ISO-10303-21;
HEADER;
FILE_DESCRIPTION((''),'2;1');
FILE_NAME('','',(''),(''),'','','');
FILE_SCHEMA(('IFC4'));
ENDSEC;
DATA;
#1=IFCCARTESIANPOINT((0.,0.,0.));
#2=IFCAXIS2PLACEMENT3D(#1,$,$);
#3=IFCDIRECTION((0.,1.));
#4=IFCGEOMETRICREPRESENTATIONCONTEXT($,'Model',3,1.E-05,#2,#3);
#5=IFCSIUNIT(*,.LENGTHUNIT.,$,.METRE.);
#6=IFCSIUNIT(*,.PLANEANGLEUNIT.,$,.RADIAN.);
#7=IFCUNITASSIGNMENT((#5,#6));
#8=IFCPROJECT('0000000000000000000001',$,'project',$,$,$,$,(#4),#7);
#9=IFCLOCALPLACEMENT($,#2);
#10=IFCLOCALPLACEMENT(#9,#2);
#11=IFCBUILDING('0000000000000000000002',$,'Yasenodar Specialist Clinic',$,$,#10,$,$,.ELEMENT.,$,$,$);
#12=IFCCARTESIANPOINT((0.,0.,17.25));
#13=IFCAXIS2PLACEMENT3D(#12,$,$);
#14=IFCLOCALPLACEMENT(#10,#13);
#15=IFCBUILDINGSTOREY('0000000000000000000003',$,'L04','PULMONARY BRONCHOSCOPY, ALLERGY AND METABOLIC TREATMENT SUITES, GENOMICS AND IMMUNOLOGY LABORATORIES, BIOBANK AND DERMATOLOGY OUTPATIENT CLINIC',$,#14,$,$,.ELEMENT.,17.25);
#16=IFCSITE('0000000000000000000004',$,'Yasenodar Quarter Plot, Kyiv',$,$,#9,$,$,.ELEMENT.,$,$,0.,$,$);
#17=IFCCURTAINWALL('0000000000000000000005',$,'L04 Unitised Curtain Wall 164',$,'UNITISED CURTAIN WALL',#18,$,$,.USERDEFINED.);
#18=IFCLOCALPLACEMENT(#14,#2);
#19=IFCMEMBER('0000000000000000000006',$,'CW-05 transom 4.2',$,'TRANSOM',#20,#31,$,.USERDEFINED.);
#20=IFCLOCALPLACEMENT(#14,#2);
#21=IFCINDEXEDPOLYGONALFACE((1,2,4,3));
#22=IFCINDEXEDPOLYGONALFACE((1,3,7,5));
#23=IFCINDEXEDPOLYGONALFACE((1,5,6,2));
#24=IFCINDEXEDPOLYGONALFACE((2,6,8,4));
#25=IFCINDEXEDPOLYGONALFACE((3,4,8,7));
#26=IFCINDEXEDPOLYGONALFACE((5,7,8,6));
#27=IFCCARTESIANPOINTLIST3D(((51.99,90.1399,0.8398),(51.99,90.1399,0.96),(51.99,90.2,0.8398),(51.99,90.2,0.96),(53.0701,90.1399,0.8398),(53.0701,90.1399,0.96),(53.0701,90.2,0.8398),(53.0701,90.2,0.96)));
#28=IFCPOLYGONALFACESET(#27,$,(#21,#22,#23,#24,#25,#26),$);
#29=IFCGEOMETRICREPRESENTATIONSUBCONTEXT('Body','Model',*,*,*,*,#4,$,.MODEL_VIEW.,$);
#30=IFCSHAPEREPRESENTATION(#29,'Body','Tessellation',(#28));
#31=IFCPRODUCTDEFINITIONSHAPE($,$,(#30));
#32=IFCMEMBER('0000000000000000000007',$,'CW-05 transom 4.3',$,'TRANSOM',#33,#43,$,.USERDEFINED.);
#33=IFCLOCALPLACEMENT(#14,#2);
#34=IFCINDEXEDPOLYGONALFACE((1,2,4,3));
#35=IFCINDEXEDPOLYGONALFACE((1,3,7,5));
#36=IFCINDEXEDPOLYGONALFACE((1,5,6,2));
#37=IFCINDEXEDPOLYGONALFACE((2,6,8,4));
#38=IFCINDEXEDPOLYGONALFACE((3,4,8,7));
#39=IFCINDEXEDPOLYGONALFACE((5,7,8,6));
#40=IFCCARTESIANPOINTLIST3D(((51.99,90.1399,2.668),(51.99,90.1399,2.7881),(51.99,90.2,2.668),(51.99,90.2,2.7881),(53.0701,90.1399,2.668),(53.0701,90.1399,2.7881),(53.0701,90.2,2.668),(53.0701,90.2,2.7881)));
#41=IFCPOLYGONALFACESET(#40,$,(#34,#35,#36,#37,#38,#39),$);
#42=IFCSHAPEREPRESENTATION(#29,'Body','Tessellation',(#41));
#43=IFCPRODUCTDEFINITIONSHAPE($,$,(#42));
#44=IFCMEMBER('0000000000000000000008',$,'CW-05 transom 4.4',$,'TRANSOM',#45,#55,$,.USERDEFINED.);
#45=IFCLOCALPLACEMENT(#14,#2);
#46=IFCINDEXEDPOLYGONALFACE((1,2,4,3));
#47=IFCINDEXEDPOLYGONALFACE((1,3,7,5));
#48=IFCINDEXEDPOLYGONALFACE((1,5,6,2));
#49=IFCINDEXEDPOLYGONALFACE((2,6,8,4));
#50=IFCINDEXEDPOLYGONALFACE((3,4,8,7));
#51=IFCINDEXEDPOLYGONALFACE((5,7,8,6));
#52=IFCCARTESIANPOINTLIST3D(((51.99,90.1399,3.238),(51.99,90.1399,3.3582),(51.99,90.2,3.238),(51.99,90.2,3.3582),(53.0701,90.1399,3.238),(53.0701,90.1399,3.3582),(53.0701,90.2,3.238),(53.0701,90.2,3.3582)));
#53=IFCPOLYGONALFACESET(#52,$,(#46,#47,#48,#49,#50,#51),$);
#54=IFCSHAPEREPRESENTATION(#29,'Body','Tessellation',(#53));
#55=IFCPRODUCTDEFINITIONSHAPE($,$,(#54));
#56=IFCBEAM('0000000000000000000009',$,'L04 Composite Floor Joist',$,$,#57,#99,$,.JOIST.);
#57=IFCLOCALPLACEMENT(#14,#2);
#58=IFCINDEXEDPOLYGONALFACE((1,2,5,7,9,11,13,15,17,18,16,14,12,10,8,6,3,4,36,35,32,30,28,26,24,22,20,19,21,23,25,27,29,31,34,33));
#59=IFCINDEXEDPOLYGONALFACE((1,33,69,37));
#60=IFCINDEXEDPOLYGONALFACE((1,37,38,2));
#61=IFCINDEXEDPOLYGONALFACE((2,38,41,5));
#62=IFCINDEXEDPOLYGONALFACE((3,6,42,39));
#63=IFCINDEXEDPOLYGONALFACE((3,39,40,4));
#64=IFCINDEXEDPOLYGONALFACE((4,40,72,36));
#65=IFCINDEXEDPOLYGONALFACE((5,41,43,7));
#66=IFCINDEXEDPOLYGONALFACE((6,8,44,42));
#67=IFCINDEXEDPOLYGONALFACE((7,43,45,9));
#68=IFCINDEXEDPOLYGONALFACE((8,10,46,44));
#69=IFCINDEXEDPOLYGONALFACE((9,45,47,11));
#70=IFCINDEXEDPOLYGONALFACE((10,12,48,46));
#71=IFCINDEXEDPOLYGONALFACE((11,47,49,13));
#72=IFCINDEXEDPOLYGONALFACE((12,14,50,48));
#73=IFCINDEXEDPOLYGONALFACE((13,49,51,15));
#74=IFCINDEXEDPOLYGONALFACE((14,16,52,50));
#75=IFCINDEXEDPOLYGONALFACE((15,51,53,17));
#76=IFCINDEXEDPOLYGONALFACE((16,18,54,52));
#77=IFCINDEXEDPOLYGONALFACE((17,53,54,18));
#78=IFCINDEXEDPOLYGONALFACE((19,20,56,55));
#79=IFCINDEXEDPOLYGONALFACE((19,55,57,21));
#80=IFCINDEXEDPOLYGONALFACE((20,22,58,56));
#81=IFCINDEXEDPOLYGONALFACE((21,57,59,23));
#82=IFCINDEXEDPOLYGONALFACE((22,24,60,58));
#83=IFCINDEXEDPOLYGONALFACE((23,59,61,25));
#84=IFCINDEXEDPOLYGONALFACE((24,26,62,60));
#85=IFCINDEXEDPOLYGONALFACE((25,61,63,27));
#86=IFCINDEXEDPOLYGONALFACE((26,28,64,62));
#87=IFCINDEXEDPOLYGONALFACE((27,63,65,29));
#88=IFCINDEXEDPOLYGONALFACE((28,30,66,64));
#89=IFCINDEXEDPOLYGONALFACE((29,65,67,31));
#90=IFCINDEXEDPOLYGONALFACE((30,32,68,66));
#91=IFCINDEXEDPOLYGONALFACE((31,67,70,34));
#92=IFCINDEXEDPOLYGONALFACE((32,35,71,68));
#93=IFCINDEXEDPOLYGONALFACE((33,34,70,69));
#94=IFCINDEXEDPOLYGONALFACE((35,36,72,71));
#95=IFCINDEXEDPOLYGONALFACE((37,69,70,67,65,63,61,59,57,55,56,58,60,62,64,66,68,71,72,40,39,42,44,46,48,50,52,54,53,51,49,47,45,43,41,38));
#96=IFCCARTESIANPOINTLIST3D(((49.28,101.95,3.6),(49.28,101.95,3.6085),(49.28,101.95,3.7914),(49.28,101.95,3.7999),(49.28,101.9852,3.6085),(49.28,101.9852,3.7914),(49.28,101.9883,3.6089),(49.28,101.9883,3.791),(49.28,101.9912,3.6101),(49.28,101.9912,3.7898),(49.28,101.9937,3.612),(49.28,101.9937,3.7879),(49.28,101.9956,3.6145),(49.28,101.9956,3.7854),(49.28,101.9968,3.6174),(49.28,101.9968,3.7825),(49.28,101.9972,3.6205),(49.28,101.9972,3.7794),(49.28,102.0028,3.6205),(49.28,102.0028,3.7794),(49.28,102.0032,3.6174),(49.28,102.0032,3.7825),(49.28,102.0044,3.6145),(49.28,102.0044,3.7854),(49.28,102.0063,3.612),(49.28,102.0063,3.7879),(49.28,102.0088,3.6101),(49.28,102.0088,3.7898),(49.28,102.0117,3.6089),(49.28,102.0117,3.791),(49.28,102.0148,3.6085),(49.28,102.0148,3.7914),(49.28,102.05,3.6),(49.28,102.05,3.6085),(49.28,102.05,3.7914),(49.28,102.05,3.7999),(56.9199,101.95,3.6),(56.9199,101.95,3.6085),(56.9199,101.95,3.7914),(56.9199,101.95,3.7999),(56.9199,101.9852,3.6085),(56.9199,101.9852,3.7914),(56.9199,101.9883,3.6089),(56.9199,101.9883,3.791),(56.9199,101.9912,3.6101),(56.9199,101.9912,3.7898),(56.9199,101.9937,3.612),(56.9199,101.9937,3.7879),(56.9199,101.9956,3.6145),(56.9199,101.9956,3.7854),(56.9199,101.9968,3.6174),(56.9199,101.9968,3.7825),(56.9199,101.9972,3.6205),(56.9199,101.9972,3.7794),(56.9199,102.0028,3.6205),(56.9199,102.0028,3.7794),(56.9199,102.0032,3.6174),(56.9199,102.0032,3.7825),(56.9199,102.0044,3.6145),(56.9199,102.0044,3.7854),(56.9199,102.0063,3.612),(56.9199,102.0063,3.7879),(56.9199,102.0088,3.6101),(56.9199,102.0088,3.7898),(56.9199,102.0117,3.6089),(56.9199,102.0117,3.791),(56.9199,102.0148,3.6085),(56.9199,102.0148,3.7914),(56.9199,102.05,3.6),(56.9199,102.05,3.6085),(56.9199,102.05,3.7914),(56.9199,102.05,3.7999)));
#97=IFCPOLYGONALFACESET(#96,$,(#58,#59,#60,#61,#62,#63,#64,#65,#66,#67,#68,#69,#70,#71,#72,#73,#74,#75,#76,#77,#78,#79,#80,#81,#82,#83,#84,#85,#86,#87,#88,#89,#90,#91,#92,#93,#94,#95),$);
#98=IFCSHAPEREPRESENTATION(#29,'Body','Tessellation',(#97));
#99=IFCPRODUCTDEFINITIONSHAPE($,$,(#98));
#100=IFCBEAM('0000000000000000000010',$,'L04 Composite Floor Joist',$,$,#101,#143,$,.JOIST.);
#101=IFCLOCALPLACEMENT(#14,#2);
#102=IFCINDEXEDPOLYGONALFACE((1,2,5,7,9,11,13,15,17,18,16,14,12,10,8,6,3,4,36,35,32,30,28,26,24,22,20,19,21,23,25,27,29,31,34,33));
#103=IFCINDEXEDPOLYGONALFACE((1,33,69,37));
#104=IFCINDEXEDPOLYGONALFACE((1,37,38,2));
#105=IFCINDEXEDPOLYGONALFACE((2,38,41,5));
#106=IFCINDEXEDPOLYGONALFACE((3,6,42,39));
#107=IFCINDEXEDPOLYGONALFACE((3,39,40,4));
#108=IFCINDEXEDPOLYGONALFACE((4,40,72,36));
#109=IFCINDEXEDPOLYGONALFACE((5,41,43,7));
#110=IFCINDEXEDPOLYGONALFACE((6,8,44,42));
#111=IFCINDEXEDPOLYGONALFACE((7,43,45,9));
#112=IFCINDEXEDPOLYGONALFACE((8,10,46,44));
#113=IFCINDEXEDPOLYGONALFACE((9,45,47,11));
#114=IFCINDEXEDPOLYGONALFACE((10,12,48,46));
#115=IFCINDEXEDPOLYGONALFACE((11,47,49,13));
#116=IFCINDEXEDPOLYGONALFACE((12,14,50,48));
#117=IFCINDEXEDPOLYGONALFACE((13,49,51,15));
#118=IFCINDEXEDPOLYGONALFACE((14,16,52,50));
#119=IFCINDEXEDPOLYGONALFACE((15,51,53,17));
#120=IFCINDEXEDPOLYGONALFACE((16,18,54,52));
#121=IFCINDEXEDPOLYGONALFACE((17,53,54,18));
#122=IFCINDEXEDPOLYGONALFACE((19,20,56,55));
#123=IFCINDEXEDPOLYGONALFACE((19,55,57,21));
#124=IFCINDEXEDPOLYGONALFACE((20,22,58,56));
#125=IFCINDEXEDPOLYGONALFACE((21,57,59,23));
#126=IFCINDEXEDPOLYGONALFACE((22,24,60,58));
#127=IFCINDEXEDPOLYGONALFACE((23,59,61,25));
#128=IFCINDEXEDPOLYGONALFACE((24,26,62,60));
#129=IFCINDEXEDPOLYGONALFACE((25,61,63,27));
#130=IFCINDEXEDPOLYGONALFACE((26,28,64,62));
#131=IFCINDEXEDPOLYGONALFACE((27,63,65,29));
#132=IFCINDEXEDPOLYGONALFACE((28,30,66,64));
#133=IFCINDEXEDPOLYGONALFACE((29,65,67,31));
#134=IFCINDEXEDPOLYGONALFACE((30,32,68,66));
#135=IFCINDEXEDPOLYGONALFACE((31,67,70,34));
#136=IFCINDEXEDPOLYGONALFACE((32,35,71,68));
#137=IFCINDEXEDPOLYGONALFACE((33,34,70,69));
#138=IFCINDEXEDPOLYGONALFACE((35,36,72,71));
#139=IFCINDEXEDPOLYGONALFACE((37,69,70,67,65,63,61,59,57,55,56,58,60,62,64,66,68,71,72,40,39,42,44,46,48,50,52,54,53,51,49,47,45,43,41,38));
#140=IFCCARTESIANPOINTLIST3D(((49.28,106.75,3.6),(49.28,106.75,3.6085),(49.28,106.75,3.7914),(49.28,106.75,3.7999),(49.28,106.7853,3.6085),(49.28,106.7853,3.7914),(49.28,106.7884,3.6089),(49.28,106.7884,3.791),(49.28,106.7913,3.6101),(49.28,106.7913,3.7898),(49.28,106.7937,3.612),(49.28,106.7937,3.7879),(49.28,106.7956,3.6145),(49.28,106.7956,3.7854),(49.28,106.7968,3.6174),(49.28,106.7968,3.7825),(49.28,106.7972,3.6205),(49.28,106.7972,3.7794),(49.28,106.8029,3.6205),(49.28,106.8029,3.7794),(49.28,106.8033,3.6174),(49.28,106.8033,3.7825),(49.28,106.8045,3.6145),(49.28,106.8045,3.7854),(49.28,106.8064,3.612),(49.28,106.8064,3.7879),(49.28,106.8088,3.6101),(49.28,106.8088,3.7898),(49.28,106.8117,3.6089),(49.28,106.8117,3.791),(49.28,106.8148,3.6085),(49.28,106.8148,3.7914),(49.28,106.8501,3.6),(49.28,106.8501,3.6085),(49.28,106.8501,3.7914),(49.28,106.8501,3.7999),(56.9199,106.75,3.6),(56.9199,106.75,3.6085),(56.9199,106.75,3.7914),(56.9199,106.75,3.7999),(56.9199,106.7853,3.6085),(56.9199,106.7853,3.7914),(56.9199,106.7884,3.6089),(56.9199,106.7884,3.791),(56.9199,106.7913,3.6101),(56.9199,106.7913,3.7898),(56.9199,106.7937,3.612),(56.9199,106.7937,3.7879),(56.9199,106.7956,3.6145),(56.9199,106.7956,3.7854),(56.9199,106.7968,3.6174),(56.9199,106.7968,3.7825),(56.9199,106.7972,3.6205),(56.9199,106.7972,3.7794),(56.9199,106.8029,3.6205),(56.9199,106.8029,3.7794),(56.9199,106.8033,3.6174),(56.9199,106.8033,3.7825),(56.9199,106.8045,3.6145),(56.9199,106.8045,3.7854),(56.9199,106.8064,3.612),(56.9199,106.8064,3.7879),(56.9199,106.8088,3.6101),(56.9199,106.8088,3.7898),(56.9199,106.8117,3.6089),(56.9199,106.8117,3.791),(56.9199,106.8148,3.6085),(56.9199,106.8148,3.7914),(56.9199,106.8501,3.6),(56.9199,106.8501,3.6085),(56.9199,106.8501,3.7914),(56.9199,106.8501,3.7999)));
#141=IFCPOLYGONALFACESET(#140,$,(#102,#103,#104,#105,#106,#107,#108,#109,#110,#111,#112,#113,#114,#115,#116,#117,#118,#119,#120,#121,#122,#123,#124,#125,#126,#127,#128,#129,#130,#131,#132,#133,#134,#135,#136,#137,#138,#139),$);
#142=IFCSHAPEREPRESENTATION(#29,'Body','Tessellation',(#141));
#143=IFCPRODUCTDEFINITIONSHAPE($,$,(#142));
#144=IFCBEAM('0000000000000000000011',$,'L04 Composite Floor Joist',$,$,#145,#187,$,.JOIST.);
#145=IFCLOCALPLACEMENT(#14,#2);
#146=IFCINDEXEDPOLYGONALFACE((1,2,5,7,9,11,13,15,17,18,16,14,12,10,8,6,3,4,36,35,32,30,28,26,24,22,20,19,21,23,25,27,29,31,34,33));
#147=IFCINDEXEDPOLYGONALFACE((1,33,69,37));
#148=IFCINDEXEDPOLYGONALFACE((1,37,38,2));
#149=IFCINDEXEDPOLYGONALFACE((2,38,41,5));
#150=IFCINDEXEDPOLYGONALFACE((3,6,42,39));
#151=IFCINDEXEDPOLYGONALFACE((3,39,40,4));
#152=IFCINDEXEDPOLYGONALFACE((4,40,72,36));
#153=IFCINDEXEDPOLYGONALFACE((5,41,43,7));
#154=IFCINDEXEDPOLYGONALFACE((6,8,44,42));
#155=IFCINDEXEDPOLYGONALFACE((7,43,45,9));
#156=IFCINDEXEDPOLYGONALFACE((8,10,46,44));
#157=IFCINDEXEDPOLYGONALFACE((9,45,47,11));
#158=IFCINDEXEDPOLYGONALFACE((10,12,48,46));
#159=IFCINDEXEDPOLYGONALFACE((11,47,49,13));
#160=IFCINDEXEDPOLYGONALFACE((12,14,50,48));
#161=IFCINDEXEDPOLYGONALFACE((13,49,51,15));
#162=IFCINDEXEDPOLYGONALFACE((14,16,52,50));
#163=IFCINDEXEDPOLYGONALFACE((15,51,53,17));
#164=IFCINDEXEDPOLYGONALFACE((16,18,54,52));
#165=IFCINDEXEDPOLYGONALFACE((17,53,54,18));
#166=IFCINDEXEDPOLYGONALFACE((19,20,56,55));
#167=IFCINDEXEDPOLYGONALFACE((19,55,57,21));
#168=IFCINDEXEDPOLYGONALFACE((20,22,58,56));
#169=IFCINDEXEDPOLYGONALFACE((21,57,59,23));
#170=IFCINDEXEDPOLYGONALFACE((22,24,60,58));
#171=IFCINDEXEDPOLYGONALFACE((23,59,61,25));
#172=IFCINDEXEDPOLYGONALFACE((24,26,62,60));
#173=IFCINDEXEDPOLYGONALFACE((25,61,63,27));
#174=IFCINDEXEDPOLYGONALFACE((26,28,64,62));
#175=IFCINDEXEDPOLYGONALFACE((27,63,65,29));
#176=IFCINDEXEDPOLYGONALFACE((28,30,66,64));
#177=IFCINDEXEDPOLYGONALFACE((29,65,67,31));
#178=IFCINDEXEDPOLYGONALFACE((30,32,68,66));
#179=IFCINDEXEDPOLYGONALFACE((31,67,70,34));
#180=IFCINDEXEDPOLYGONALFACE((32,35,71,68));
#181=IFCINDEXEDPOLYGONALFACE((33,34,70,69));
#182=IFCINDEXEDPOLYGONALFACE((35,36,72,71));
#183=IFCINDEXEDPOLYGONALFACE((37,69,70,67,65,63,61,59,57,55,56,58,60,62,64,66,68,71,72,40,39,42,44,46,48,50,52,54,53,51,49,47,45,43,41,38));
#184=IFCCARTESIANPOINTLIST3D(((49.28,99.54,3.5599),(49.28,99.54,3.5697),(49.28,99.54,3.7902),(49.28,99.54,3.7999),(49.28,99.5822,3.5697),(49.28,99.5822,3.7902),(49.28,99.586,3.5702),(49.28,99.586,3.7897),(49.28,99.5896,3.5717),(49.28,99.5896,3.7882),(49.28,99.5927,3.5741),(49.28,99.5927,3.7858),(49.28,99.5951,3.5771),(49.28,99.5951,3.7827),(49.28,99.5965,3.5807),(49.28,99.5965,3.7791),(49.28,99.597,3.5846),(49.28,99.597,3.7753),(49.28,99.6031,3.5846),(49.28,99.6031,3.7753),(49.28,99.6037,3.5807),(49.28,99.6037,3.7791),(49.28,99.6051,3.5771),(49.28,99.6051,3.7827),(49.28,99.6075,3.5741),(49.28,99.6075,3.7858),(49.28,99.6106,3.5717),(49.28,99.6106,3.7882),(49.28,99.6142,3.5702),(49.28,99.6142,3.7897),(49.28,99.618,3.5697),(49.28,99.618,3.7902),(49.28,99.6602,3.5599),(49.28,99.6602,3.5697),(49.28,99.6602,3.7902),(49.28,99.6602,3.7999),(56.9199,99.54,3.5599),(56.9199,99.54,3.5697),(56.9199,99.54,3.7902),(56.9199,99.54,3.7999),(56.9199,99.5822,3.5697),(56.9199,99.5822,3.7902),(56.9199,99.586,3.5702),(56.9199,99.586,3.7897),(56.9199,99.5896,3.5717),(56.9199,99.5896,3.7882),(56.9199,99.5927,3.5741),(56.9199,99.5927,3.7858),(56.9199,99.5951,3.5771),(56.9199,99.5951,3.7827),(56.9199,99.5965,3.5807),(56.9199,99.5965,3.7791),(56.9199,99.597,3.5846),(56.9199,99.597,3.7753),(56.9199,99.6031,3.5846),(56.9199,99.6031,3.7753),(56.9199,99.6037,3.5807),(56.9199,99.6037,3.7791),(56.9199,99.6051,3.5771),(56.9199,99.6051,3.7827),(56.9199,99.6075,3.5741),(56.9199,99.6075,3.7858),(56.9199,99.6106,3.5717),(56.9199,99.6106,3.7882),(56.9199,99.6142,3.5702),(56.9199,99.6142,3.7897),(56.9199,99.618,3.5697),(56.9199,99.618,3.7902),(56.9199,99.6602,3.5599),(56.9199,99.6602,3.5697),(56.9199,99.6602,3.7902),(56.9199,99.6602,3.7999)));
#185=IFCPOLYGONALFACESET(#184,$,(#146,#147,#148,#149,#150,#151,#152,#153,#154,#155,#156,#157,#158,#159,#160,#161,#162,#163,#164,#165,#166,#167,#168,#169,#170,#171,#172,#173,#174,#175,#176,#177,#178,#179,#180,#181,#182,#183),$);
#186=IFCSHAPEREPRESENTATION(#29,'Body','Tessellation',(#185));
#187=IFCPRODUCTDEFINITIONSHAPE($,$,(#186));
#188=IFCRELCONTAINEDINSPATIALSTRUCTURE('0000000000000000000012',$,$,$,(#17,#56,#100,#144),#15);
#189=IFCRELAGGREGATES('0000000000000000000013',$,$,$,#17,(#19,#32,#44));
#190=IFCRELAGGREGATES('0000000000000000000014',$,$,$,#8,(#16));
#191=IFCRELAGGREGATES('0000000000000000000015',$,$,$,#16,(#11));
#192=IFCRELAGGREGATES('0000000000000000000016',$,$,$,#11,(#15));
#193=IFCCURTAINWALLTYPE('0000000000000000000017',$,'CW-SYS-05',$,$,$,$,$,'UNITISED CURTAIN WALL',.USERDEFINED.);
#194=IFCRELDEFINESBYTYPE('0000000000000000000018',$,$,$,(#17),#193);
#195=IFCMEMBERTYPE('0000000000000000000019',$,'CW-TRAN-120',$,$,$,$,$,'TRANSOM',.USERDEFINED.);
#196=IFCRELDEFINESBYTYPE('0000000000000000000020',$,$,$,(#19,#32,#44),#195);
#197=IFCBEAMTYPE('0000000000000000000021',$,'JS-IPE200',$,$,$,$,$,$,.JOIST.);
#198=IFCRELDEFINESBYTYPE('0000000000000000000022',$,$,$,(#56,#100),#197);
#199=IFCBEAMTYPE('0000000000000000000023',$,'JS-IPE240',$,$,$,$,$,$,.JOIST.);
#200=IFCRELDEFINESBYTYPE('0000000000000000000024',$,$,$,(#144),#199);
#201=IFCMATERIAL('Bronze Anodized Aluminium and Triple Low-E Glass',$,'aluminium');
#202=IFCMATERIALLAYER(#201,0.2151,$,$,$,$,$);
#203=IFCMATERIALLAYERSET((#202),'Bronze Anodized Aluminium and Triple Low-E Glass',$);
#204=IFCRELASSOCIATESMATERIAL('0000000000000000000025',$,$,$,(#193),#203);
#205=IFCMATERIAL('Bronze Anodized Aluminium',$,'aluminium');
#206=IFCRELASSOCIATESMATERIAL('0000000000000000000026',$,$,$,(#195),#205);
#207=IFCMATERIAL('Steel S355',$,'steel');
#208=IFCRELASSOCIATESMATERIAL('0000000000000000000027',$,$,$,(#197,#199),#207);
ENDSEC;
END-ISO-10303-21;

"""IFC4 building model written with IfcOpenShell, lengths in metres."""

from ifc_helpers import new_model, si_unit, direction, frame, origin, origin_2d, place, context, subcontext, project, spatial, rectangle, i_section, extrude, material, layer, layer_set, material_profile, profile_set, type_object, element, aggregate, save


model = new_model("IFC4")

# Units and contexts
model_context = context("Model", 3, precision=1e-05, world=origin(), true_north=direction((0.0, 1.0)))
body_context = subcontext(model_context, "Body", "Model", "MODEL_VIEW")
ifc_project = project(units=[si_unit("LENGTHUNIT", "METRE"), si_unit("PLANEANGLEUNIT", "RADIAN")], contexts=[model_context])

# Site, building, storey
site_placement = place(None, origin())
site = spatial("IfcSite", under=ifc_project, at=site_placement, Name="Yasenodar Quarter Plot, Kyiv", CompositionType="ELEMENT", RefElevation=0.0)
building_placement = place(site_placement, origin())
building = spatial("IfcBuilding", under=site, at=building_placement, Name="Yasenodar Specialist Clinic", CompositionType="ELEMENT")
storey_placement = place(building_placement, frame((0.0, 0.0, 17.25)))
storey = spatial("IfcBuildingStorey", under=building, at=storey_placement, Name="L04", Description="PULMONARY BRONCHOSCOPY, ALLERGY AND METABOLIC TREATMENT SUITES, GENOMICS AND IMMUNOLOGY LABORATORIES, BIOBANK AND DERMATOLOGY OUTPATIENT CLINIC", CompositionType="ELEMENT", Elevation=17.25)

# Shared definitions
ifc_material_1 = material(Name="Steel S355", Category="steel")

# Curtain wall, members
ifc_material_2 = material(Name="Bronze Anodized Aluminium and Triple Low-E Glass", Category="aluminium")
ifc_layer_1 = layer(ifc_material_2, 0.2151)
ifc_layer_set_1 = layer_set([ifc_layer_1], Name="Bronze Anodized Aluminium and Triple Low-E Glass")
curtain_wall_type = type_object("IfcCurtainWallType", Name="CW-SYS-05", ElementType="UNITISED CURTAIN WALL", PredefinedType="USERDEFINED", material=ifc_layer_set_1)
curtain_wall_placement = place(storey_placement, origin())
curtain_wall = element("IfcCurtainWall", 1, at=curtain_wall_placement, inside=storey, type_object=curtain_wall_type, Name="L04 Unitised Curtain Wall 164", ObjectType="UNITISED CURTAIN WALL", PredefinedType="USERDEFINED")
ifc_material_3 = material(Name="Bronze Anodized Aluminium", Category="aluminium")
ifc_material_profile_1 = material_profile(ifc_material_3, rectangle(XDim=0.0601, YDim=0.1201, at=origin_2d()), Name="CW-TRAN 60x120")
ifc_profile_set_1 = profile_set([ifc_material_profile_1], Name="Bronze Anodized Aluminium")
member_type_1 = type_object("IfcMemberType", Name="CW-TRAN-120", ElementType="TRANSOM", PredefinedType="USERDEFINED", material=ifc_profile_set_1)
member_1_placement = place(storey_placement, frame((53.0701, 90.1699, 0.8999), z_axis=(-1.0, 0.0, 0.0), x_axis=(0.0, -1.0, 0.0)))
member_1 = element("IfcMember", 2, at=member_1_placement, type_object=member_type_1, Name="CW-05 transom 4.2", ObjectType="TRANSOM", PredefinedType="USERDEFINED", context=body_context, shape_type="SweptSolid", body=[
    extrude(rectangle(XDim=0.0601, YDim=0.1201, at=origin_2d()), origin(), (0.0, 0.0, 1.0), 1.0801),
])
member_2_placement = place(storey_placement, frame((53.0701, 90.1699, 2.728), z_axis=(-1.0, 0.0, 0.0), x_axis=(0.0, -1.0, 0.0)))
member_2 = element("IfcMember", 3, at=member_2_placement, type_object=member_type_1, Name="CW-05 transom 4.3", ObjectType="TRANSOM", PredefinedType="USERDEFINED", context=body_context, shape_type="SweptSolid", body=[
    extrude(rectangle(XDim=0.0601, YDim=0.1201, at=origin_2d()), origin(), (0.0, 0.0, 1.0), 1.0801),
])
member_3_placement = place(storey_placement, frame((53.0701, 90.1699, 3.2981), z_axis=(-1.0, 0.0, 0.0), x_axis=(0.0, -1.0, 0.0)))
member_3 = element("IfcMember", 4, at=member_3_placement, type_object=member_type_1, Name="CW-05 transom 4.4", ObjectType="TRANSOM", PredefinedType="USERDEFINED", context=body_context, shape_type="SweptSolid", body=[
    extrude(rectangle(XDim=0.0601, YDim=0.1201, at=origin_2d()), origin(), (0.0, 0.0, 1.0), 1.0801),
])

# Beams
ifc_material_profile_2 = material_profile(ifc_material_1, i_section(OverallWidth=0.1001, OverallDepth=0.2, WebThickness=0.0056, FlangeThickness=0.0085, FilletRadius=0.012, at=origin_2d()), Name="IPE 200")
ifc_profile_set_2 = profile_set([ifc_material_profile_2], Name="Steel S355")
beam_type_1 = type_object("IfcBeamType", Name="JS-IPE200", PredefinedType="JOIST", material=ifc_profile_set_2)
for number, where, z_axis, x_axis, name in (
    (5, (49.28, 102.0, 3.7), (1.0, 0.0, 0.0), (0.0, 1.0, 0.0), "L04 Composite Floor Joist"),
    (6, (49.28, 106.8, 3.7), (1.0, 0.0, 0.0), (0.0, 1.0, 0.0), "L04 Composite Floor Joist"),
):
    element("IfcBeam", number, at=place(storey_placement, frame(where, z_axis=z_axis, x_axis=x_axis)), inside=storey, type_object=beam_type_1, Name=name, PredefinedType="JOIST", context=body_context, shape_type="SweptSolid", body=[
        extrude(i_section(OverallWidth=0.1001, OverallDepth=0.2, WebThickness=0.0056, FlangeThickness=0.0085, FilletRadius=0.012, at=origin_2d()), origin(), (0.0, 0.0, 1.0), 7.6399),
    ])
ifc_material_profile_3 = material_profile(ifc_material_1, i_section(OverallWidth=0.1201, OverallDepth=0.24, WebThickness=0.0061, FlangeThickness=0.0098, FilletRadius=0.0149, at=origin_2d()), Name="IPE 240")
ifc_profile_set_3 = profile_set([ifc_material_profile_3], Name="Steel S355")
beam_type_2 = type_object("IfcBeamType", Name="JS-IPE240", PredefinedType="JOIST", material=ifc_profile_set_3)
beam_1_placement = place(storey_placement, frame((49.28, 99.6001, 3.6799), z_axis=(1.0, 0.0, 0.0), x_axis=(0.0, 1.0, 0.0)))
element("IfcBeam", 7, at=beam_1_placement, inside=storey, type_object=beam_type_2, Name="L04 Composite Floor Joist", PredefinedType="JOIST", context=body_context, shape_type="SweptSolid", body=[
    extrude(i_section(OverallWidth=0.1201, OverallDepth=0.24, WebThickness=0.0061, FlangeThickness=0.0098, FilletRadius=0.0149, at=origin_2d()), origin(), (0.0, 0.0, 1.0), 7.6399),
])

aggregate(curtain_wall, [member_1, member_2, member_3])

save(model, "model.ifc")
